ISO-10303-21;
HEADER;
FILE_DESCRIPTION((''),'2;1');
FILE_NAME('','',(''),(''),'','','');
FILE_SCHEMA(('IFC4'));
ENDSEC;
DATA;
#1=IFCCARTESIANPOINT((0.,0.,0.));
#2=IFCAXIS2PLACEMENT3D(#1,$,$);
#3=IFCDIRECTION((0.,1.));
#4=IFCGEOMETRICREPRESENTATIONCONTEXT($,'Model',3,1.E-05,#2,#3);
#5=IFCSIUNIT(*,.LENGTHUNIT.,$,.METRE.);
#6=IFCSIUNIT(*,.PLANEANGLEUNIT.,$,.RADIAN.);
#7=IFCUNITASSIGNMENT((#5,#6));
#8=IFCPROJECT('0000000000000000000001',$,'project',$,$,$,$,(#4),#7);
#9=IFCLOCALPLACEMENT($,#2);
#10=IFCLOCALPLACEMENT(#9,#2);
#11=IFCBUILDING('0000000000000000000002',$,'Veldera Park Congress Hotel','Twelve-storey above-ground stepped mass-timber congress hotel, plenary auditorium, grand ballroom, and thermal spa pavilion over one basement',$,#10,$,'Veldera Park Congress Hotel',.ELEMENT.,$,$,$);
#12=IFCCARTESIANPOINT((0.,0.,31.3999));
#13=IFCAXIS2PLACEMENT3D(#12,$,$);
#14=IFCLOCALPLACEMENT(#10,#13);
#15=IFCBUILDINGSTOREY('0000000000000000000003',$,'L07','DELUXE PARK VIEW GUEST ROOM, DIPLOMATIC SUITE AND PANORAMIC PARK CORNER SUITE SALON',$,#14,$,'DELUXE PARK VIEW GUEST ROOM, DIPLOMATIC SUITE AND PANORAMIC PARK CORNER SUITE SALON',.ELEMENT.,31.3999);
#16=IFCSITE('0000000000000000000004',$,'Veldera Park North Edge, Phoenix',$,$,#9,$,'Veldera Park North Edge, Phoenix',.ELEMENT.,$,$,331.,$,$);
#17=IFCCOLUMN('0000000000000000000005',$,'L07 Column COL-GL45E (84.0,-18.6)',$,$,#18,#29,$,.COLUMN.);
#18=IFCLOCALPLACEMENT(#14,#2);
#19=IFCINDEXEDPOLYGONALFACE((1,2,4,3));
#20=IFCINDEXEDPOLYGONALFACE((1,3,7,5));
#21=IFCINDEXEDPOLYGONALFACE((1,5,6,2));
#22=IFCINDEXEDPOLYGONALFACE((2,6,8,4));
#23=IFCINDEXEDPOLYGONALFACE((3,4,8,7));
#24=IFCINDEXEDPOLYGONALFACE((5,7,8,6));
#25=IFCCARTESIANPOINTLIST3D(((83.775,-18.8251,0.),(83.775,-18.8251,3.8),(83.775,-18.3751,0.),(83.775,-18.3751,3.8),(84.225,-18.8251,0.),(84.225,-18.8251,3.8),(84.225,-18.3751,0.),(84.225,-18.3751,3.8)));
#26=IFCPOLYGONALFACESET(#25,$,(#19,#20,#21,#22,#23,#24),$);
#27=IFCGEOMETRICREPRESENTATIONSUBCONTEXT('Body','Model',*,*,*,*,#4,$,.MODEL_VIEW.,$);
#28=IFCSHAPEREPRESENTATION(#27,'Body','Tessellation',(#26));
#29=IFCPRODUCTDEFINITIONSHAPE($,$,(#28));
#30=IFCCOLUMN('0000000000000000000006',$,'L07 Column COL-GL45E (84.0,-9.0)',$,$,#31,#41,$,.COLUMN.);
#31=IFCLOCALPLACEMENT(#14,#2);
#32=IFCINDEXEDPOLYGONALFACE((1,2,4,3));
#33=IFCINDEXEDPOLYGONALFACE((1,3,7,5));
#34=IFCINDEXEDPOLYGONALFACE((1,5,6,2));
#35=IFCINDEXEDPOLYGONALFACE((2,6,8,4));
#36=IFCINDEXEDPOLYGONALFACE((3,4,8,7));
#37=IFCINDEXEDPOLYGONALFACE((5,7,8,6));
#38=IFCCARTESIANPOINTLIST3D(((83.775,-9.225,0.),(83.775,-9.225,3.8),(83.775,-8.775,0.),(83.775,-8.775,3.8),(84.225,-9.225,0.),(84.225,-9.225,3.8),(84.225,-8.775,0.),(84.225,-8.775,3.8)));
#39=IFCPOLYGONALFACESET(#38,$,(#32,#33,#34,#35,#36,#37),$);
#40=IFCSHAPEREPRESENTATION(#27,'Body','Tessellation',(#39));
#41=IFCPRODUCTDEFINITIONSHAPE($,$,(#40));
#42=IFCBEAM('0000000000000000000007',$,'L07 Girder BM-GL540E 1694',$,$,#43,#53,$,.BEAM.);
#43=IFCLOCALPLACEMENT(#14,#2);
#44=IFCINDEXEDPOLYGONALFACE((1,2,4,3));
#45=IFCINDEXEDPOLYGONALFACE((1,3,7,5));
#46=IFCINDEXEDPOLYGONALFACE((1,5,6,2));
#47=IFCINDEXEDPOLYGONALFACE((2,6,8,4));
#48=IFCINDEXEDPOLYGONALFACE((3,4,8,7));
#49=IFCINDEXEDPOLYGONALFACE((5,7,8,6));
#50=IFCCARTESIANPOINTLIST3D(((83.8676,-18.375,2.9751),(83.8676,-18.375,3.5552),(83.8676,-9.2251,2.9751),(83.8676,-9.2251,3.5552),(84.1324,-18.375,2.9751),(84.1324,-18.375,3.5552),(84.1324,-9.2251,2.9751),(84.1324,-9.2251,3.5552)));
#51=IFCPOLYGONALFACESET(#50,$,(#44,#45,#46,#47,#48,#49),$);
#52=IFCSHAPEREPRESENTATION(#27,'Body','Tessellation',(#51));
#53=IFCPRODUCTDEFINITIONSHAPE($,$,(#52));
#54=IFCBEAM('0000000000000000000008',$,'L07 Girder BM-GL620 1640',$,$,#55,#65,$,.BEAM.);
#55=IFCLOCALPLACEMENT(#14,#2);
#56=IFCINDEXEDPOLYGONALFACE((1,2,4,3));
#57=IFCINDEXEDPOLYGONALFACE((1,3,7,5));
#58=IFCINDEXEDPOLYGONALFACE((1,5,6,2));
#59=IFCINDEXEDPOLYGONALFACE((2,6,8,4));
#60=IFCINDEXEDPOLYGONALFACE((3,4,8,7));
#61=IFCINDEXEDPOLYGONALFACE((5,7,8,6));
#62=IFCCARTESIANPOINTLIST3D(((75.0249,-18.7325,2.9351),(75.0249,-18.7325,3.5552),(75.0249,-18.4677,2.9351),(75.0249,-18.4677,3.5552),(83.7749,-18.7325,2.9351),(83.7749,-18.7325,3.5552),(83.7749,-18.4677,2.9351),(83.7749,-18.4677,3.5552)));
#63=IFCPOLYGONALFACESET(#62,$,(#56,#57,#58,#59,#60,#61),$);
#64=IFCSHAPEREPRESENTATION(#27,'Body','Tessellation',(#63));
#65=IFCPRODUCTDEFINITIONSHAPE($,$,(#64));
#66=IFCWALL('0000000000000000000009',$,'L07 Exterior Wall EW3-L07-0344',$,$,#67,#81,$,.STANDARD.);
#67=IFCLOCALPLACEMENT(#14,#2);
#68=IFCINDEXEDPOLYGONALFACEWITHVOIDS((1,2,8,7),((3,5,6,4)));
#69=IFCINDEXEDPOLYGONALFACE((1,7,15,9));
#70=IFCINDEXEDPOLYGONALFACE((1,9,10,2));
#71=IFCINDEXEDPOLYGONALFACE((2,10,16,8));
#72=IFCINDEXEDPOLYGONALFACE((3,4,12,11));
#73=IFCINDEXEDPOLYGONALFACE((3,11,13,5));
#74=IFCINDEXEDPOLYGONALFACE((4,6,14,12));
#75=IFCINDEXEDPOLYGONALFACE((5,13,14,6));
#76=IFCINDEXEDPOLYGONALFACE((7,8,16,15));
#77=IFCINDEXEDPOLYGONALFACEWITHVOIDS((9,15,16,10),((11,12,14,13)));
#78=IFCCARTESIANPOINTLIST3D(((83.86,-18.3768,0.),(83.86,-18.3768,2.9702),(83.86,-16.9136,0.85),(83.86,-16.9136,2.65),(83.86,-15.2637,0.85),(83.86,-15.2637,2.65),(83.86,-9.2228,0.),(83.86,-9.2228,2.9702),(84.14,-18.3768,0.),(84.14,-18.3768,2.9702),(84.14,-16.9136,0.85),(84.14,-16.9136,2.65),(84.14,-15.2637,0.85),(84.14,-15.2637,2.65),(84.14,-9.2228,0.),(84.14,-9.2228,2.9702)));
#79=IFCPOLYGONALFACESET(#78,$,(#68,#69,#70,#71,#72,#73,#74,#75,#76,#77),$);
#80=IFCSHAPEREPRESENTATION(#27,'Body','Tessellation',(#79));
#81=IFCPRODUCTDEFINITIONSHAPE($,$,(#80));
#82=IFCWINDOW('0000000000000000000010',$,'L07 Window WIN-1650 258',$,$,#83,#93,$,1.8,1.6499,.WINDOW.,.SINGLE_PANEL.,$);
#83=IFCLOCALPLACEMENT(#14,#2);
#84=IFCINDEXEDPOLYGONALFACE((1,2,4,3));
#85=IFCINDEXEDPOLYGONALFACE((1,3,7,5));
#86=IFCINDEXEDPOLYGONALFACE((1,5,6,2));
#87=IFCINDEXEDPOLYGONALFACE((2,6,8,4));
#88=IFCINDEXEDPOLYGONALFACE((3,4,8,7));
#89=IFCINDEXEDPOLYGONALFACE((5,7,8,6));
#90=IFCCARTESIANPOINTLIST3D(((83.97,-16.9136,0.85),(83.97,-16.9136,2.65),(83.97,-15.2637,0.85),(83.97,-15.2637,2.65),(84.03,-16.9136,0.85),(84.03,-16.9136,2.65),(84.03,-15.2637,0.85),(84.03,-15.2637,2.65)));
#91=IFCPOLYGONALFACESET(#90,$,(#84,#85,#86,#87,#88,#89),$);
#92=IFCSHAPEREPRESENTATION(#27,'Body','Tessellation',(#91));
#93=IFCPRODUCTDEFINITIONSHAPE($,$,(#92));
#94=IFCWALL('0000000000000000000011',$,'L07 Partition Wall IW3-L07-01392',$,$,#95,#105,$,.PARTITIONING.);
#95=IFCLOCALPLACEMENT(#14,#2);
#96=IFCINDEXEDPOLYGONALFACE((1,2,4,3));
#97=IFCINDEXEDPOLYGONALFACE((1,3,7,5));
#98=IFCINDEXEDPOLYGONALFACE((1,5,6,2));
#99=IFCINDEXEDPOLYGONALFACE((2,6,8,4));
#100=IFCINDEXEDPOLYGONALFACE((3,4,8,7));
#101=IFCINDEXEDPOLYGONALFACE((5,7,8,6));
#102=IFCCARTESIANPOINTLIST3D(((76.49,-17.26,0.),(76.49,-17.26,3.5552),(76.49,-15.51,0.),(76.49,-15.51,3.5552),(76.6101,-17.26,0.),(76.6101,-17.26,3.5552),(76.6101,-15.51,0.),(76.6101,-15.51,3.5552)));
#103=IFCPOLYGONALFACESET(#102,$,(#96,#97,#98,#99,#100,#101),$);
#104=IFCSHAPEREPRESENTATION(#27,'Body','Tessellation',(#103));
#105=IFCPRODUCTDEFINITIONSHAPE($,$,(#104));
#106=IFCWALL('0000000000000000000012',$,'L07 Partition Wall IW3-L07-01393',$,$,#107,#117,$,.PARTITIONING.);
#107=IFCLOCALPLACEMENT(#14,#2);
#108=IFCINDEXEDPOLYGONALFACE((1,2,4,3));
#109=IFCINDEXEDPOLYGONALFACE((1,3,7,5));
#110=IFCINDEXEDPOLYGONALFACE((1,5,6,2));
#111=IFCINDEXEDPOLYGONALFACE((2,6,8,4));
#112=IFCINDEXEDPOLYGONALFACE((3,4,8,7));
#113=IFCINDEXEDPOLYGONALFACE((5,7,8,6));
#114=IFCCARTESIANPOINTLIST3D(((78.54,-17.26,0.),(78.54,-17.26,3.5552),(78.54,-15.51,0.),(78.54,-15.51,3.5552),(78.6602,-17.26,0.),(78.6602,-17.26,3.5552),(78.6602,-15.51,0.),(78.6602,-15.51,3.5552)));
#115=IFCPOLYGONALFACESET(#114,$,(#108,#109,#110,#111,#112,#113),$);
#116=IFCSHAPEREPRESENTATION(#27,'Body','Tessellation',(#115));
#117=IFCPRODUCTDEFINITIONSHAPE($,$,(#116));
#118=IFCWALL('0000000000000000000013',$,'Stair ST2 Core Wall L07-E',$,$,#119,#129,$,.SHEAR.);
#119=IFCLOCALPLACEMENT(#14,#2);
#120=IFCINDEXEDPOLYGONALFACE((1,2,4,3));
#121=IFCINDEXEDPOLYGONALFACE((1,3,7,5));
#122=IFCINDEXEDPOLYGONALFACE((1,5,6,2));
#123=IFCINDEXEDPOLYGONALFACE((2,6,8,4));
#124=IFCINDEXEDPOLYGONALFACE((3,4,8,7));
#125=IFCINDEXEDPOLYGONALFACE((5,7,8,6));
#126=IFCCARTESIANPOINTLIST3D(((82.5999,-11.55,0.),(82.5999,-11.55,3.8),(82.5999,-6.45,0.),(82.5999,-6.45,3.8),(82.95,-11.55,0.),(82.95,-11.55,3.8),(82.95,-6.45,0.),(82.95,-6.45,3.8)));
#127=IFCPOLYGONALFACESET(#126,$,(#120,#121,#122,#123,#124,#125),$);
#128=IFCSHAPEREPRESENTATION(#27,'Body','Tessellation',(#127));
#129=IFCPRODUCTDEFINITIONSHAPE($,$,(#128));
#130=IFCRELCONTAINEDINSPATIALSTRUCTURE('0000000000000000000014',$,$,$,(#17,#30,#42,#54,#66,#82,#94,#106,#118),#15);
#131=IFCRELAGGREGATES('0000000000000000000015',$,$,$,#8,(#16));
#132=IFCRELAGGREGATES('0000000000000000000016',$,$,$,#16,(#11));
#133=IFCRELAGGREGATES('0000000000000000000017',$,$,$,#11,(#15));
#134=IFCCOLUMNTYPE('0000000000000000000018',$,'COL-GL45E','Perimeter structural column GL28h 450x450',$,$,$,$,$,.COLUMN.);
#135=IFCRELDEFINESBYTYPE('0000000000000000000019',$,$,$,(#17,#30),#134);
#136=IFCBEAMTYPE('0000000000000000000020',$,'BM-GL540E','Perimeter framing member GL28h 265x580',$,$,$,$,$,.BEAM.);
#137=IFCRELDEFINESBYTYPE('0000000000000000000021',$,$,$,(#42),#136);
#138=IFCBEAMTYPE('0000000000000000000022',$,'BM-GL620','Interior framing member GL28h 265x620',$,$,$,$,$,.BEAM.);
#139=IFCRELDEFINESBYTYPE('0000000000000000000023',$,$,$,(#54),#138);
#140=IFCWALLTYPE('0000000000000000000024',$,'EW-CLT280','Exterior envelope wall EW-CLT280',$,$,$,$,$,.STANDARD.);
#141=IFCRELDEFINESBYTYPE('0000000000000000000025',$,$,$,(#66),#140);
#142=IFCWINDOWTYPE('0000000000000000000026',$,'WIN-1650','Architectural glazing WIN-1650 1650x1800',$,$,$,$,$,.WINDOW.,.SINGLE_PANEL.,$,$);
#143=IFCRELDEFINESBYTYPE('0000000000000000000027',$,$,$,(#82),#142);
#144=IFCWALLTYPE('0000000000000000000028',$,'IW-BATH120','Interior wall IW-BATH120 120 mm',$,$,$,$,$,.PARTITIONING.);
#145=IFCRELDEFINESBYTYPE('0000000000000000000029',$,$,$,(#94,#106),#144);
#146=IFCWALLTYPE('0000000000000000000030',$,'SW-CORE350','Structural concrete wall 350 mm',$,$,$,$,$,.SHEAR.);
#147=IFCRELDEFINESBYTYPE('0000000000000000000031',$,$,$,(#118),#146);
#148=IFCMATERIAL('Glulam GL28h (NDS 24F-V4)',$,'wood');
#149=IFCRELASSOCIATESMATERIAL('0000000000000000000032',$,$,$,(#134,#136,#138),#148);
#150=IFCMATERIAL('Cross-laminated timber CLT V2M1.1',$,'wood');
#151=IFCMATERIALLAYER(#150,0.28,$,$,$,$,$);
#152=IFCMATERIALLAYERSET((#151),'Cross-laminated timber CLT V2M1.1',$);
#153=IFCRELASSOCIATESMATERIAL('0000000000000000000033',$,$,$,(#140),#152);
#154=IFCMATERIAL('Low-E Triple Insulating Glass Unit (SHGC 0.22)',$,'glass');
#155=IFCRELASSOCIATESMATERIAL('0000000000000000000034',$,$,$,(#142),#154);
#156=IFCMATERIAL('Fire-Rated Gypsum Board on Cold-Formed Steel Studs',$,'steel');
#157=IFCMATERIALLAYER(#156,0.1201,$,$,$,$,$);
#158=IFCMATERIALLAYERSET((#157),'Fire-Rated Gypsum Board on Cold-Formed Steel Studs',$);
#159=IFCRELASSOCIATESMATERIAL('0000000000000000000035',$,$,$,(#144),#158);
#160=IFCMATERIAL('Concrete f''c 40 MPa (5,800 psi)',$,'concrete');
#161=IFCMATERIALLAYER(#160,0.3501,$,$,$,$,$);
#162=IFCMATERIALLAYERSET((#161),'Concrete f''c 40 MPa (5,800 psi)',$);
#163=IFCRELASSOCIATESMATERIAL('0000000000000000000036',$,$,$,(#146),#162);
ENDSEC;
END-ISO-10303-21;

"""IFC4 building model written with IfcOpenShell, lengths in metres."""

from ifc_helpers import new_model, si_unit, direction, frame, frame_2d, origin, origin_2d, place, context, subcontext, project, spatial, rectangle, extrude, material, layer, layer_set, material_profile, profile_set, type_object, element, fill, save


model = new_model("IFC4")

# Units and contexts
model_context = context("Model", 3, precision=1e-05, world=origin(), true_north=direction((0.0, 1.0)))
body_context = subcontext(model_context, "Body", "Model", "MODEL_VIEW")
ifc_project = project(units=[si_unit("LENGTHUNIT", "METRE"), si_unit("PLANEANGLEUNIT", "RADIAN")], contexts=[model_context])

# Site, building, storey
site_placement = place(None, origin())
site = spatial("IfcSite", under=ifc_project, at=site_placement, Name="Veldera Park North Edge, Phoenix", LongName="Veldera Park North Edge, Phoenix", CompositionType="ELEMENT", RefElevation=331.0)
building_placement = place(site_placement, origin())
building = spatial("IfcBuilding", under=site, at=building_placement, Name="Veldera Park Congress Hotel", Description="Twelve-storey above-ground stepped mass-timber congress hotel, plenary auditorium, grand ballroom, and thermal spa pavilion over one basement", LongName="Veldera Park Congress Hotel", CompositionType="ELEMENT")
storey_placement = place(building_placement, frame((0.0, 0.0, 31.3999)))
storey = spatial("IfcBuildingStorey", under=building, at=storey_placement, Name="L07", Description="DELUXE PARK VIEW GUEST ROOM, DIPLOMATIC SUITE AND PANORAMIC PARK CORNER SUITE SALON", LongName="DELUXE PARK VIEW GUEST ROOM, DIPLOMATIC SUITE AND PANORAMIC PARK CORNER SUITE SALON", CompositionType="ELEMENT", Elevation=31.3999)

# Columns
ifc_material_1 = material(Name="Glulam GL28h (NDS 24F-V4)", Category="wood")
ifc_material_profile_1 = material_profile(ifc_material_1, rectangle(XDim=0.45, YDim=0.45, at=origin_2d()), Name="GL28h 450x450")
ifc_profile_set_1 = profile_set([ifc_material_profile_1], Name="Glulam GL28h (NDS 24F-V4)")
column_type = type_object("IfcColumnType", Name="COL-GL45E", Description="Perimeter structural column GL28h 450x450", PredefinedType="COLUMN", material=ifc_profile_set_1)
for number, where, z_axis, x_axis, name in (
    (1, (84.0, -18.6001, 0.0), (0.0, 0.0, 1.0), (1.0, 0.0, 0.0), "L07 Column COL-GL45E (84.0,-18.6)"),
    (2, (84.0, -9.0, 0.0), (0.0, 0.0, 1.0), (1.0, 0.0, 0.0), "L07 Column COL-GL45E (84.0,-9.0)"),
):
    element("IfcColumn", number, at=place(storey_placement, frame(where, z_axis=z_axis, x_axis=x_axis)), inside=storey, type_object=column_type, Name=name, PredefinedType="COLUMN", context=body_context, shape_type="SweptSolid", body=[
        extrude(rectangle(XDim=0.45, YDim=0.45, at=origin_2d()), origin(), (0.0, 0.0, 1.0), 3.8),
    ])

# Beams
ifc_material_profile_2 = material_profile(ifc_material_1, rectangle(XDim=0.2649, YDim=0.5801, at=origin_2d()), Name="GL28h 265x580")
ifc_profile_set_2 = profile_set([ifc_material_profile_2], Name="Glulam GL28h (NDS 24F-V4)")
beam_type_1 = type_object("IfcBeamType", Name="BM-GL540E", Description="Perimeter framing member GL28h 265x580", PredefinedType="BEAM", material=ifc_profile_set_2)
beam_1_placement = place(storey_placement, frame((84.0, -18.375, 3.2651), z_axis=(0.0, 1.0, 0.0), x_axis=(-1.0, 0.0, 0.0)))
element("IfcBeam", 3, at=beam_1_placement, inside=storey, type_object=beam_type_1, Name="L07 Girder BM-GL540E 1694", PredefinedType="BEAM", context=body_context, shape_type="SweptSolid", body=[
    extrude(rectangle(XDim=0.2649, YDim=0.5801, at=origin_2d()), origin(), (0.0, 0.0, 1.0), 9.1499),
])
ifc_material_profile_3 = material_profile(ifc_material_1, rectangle(XDim=0.2649, YDim=0.6201, at=origin_2d()), Name="GL28h 265x620")
ifc_profile_set_3 = profile_set([ifc_material_profile_3], Name="Glulam GL28h (NDS 24F-V4)")
beam_type_2 = type_object("IfcBeamType", Name="BM-GL620", Description="Interior framing member GL28h 265x620", PredefinedType="BEAM", material=ifc_profile_set_3)
beam_2_placement = place(storey_placement, frame((75.0249, -18.6001, 3.2451), z_axis=(1.0, 0.0, 0.0), x_axis=(0.0, 1.0, 0.0)))
element("IfcBeam", 4, at=beam_2_placement, inside=storey, type_object=beam_type_2, Name="L07 Girder BM-GL620 1640", PredefinedType="BEAM", context=body_context, shape_type="SweptSolid", body=[
    extrude(rectangle(XDim=0.2649, YDim=0.6201, at=origin_2d()), origin(), (0.0, 0.0, 1.0), 8.75),
])

# Wall, opening, window
ifc_material_2 = material(Name="Cross-laminated timber CLT V2M1.1", Category="wood")
ifc_layer_1 = layer(ifc_material_2, 0.28)
ifc_layer_set_1 = layer_set([ifc_layer_1], Name="Cross-laminated timber CLT V2M1.1")
wall_type_1 = type_object("IfcWallType", Name="EW-CLT280", Description="Exterior envelope wall EW-CLT280", PredefinedType="STANDARD", material=ifc_layer_set_1)
wall_1_placement = place(storey_placement, frame((84.0, -18.377, 0.0), z_axis=(0.0, 0.0, 1.0), x_axis=(0.0, 1.0, 0.0)))
wall_1 = element("IfcWall", 5, at=wall_1_placement, inside=storey, type_object=wall_type_1, Name="L07 Exterior Wall EW3-L07-0344", PredefinedType="STANDARD", context=body_context, shape_type="SweptSolid", body=[
    extrude(rectangle(XDim=9.1541, YDim=0.28, at=frame_2d((4.5771, 0.0))), origin(), (0.0, 0.0, 1.0), 2.9702),
])
opening_1_placement = place(wall_1_placement, frame((1.4634, 0.0, 0.8501)))
opening_1 = element("IfcOpeningElement", 6, at=opening_1_placement, cuts=wall_1, PredefinedType="OPENING", context=body_context, shape_type="SweptSolid", body=[
    extrude(rectangle(XDim=1.6499, YDim=1.8, at=frame_2d((0.825, 0.8999))), frame((0.0, 0.1521, 0.0), z_axis=(0.0, -1.0, 0.0), x_axis=(1.0, 0.0, 0.0)), (0.0, 0.0, 1.0), 0.304),
])
ifc_material_3 = material(Name="Low-E Triple Insulating Glass Unit (SHGC 0.22)", Category="glass")
window_type = type_object("IfcWindowType", Name="WIN-1650", Description="Architectural glazing WIN-1650 1650x1800", PartitioningType="SINGLE_PANEL", PredefinedType="WINDOW", material=ifc_material_3)
window_placement = place(opening_1_placement, origin())
window = element("IfcWindow", 7, at=window_placement, inside=storey, type_object=window_type, Name="L07 Window WIN-1650 258", OverallHeight=1.8, OverallWidth=1.6499, PartitioningType="SINGLE_PANEL", PredefinedType="WINDOW", context=body_context, shape_type="SweptSolid", body=[
    extrude(rectangle(XDim=1.6499, YDim=1.8, at=frame_2d((0.825, 0.8999))), frame((0.0, 0.03, 0.0), z_axis=(0.0, -1.0, 0.0), x_axis=(1.0, 0.0, 0.0)), (0.0, 0.0, 1.0), 0.0601),
])
fill(opening_1, window)

# Shared definitions
ifc_material_4 = material(Name="Fire-Rated Gypsum Board on Cold-Formed Steel Studs", Category="steel")
ifc_layer_2 = layer(ifc_material_4, 0.1201)
ifc_layer_set_2 = layer_set([ifc_layer_2], Name="Fire-Rated Gypsum Board on Cold-Formed Steel Studs")
wall_type_2 = type_object("IfcWallType", Name="IW-BATH120", Description="Interior wall IW-BATH120 120 mm", PredefinedType="PARTITIONING", material=ifc_layer_set_2)

# Walls
for number, where, z_axis, x_axis, name in (
    (8, (76.55, -17.26, 0.0), (0.0, 0.0, 1.0), (0.0, 1.0, 0.0), "L07 Partition Wall IW3-L07-01392"),
    (9, (78.6001, -17.26, 0.0), (0.0, 0.0, 1.0), (0.0, 1.0, 0.0), "L07 Partition Wall IW3-L07-01393"),
):
    element("IfcWall", number, at=place(storey_placement, frame(where, z_axis=z_axis, x_axis=x_axis)), inside=storey, type_object=wall_type_2, Name=name, PredefinedType="PARTITIONING", context=body_context, shape_type="SweptSolid", body=[
        extrude(rectangle(XDim=1.75, YDim=0.1201, at=frame_2d((0.875, 0.0))), origin(), (0.0, 0.0, 1.0), 3.5552),
    ])

# Wall
ifc_material_5 = material(Name="Concrete f'c 40 MPa (5,800 psi)", Category="concrete")
ifc_layer_3 = layer(ifc_material_5, 0.3501)
ifc_layer_set_3 = layer_set([ifc_layer_3], Name="Concrete f'c 40 MPa (5,800 psi)")
wall_type_3 = type_object("IfcWallType", Name="SW-CORE350", Description="Structural concrete wall 350 mm", PredefinedType="SHEAR", material=ifc_layer_set_3)
wall_2_placement = place(storey_placement, frame((82.7749, -11.55, 0.0), z_axis=(0.0, 0.0, 1.0), x_axis=(0.0, 1.0, 0.0)))
element("IfcWall", 10, at=wall_2_placement, inside=storey, type_object=wall_type_3, Name="Stair ST2 Core Wall L07-E", PredefinedType="SHEAR", context=body_context, shape_type="SweptSolid", body=[
    extrude(rectangle(XDim=5.1001, YDim=0.3501, at=frame_2d((2.55, 0.0))), origin(), (0.0, 0.0, 1.0), 3.8),
])

save(model, "model.ifc")
